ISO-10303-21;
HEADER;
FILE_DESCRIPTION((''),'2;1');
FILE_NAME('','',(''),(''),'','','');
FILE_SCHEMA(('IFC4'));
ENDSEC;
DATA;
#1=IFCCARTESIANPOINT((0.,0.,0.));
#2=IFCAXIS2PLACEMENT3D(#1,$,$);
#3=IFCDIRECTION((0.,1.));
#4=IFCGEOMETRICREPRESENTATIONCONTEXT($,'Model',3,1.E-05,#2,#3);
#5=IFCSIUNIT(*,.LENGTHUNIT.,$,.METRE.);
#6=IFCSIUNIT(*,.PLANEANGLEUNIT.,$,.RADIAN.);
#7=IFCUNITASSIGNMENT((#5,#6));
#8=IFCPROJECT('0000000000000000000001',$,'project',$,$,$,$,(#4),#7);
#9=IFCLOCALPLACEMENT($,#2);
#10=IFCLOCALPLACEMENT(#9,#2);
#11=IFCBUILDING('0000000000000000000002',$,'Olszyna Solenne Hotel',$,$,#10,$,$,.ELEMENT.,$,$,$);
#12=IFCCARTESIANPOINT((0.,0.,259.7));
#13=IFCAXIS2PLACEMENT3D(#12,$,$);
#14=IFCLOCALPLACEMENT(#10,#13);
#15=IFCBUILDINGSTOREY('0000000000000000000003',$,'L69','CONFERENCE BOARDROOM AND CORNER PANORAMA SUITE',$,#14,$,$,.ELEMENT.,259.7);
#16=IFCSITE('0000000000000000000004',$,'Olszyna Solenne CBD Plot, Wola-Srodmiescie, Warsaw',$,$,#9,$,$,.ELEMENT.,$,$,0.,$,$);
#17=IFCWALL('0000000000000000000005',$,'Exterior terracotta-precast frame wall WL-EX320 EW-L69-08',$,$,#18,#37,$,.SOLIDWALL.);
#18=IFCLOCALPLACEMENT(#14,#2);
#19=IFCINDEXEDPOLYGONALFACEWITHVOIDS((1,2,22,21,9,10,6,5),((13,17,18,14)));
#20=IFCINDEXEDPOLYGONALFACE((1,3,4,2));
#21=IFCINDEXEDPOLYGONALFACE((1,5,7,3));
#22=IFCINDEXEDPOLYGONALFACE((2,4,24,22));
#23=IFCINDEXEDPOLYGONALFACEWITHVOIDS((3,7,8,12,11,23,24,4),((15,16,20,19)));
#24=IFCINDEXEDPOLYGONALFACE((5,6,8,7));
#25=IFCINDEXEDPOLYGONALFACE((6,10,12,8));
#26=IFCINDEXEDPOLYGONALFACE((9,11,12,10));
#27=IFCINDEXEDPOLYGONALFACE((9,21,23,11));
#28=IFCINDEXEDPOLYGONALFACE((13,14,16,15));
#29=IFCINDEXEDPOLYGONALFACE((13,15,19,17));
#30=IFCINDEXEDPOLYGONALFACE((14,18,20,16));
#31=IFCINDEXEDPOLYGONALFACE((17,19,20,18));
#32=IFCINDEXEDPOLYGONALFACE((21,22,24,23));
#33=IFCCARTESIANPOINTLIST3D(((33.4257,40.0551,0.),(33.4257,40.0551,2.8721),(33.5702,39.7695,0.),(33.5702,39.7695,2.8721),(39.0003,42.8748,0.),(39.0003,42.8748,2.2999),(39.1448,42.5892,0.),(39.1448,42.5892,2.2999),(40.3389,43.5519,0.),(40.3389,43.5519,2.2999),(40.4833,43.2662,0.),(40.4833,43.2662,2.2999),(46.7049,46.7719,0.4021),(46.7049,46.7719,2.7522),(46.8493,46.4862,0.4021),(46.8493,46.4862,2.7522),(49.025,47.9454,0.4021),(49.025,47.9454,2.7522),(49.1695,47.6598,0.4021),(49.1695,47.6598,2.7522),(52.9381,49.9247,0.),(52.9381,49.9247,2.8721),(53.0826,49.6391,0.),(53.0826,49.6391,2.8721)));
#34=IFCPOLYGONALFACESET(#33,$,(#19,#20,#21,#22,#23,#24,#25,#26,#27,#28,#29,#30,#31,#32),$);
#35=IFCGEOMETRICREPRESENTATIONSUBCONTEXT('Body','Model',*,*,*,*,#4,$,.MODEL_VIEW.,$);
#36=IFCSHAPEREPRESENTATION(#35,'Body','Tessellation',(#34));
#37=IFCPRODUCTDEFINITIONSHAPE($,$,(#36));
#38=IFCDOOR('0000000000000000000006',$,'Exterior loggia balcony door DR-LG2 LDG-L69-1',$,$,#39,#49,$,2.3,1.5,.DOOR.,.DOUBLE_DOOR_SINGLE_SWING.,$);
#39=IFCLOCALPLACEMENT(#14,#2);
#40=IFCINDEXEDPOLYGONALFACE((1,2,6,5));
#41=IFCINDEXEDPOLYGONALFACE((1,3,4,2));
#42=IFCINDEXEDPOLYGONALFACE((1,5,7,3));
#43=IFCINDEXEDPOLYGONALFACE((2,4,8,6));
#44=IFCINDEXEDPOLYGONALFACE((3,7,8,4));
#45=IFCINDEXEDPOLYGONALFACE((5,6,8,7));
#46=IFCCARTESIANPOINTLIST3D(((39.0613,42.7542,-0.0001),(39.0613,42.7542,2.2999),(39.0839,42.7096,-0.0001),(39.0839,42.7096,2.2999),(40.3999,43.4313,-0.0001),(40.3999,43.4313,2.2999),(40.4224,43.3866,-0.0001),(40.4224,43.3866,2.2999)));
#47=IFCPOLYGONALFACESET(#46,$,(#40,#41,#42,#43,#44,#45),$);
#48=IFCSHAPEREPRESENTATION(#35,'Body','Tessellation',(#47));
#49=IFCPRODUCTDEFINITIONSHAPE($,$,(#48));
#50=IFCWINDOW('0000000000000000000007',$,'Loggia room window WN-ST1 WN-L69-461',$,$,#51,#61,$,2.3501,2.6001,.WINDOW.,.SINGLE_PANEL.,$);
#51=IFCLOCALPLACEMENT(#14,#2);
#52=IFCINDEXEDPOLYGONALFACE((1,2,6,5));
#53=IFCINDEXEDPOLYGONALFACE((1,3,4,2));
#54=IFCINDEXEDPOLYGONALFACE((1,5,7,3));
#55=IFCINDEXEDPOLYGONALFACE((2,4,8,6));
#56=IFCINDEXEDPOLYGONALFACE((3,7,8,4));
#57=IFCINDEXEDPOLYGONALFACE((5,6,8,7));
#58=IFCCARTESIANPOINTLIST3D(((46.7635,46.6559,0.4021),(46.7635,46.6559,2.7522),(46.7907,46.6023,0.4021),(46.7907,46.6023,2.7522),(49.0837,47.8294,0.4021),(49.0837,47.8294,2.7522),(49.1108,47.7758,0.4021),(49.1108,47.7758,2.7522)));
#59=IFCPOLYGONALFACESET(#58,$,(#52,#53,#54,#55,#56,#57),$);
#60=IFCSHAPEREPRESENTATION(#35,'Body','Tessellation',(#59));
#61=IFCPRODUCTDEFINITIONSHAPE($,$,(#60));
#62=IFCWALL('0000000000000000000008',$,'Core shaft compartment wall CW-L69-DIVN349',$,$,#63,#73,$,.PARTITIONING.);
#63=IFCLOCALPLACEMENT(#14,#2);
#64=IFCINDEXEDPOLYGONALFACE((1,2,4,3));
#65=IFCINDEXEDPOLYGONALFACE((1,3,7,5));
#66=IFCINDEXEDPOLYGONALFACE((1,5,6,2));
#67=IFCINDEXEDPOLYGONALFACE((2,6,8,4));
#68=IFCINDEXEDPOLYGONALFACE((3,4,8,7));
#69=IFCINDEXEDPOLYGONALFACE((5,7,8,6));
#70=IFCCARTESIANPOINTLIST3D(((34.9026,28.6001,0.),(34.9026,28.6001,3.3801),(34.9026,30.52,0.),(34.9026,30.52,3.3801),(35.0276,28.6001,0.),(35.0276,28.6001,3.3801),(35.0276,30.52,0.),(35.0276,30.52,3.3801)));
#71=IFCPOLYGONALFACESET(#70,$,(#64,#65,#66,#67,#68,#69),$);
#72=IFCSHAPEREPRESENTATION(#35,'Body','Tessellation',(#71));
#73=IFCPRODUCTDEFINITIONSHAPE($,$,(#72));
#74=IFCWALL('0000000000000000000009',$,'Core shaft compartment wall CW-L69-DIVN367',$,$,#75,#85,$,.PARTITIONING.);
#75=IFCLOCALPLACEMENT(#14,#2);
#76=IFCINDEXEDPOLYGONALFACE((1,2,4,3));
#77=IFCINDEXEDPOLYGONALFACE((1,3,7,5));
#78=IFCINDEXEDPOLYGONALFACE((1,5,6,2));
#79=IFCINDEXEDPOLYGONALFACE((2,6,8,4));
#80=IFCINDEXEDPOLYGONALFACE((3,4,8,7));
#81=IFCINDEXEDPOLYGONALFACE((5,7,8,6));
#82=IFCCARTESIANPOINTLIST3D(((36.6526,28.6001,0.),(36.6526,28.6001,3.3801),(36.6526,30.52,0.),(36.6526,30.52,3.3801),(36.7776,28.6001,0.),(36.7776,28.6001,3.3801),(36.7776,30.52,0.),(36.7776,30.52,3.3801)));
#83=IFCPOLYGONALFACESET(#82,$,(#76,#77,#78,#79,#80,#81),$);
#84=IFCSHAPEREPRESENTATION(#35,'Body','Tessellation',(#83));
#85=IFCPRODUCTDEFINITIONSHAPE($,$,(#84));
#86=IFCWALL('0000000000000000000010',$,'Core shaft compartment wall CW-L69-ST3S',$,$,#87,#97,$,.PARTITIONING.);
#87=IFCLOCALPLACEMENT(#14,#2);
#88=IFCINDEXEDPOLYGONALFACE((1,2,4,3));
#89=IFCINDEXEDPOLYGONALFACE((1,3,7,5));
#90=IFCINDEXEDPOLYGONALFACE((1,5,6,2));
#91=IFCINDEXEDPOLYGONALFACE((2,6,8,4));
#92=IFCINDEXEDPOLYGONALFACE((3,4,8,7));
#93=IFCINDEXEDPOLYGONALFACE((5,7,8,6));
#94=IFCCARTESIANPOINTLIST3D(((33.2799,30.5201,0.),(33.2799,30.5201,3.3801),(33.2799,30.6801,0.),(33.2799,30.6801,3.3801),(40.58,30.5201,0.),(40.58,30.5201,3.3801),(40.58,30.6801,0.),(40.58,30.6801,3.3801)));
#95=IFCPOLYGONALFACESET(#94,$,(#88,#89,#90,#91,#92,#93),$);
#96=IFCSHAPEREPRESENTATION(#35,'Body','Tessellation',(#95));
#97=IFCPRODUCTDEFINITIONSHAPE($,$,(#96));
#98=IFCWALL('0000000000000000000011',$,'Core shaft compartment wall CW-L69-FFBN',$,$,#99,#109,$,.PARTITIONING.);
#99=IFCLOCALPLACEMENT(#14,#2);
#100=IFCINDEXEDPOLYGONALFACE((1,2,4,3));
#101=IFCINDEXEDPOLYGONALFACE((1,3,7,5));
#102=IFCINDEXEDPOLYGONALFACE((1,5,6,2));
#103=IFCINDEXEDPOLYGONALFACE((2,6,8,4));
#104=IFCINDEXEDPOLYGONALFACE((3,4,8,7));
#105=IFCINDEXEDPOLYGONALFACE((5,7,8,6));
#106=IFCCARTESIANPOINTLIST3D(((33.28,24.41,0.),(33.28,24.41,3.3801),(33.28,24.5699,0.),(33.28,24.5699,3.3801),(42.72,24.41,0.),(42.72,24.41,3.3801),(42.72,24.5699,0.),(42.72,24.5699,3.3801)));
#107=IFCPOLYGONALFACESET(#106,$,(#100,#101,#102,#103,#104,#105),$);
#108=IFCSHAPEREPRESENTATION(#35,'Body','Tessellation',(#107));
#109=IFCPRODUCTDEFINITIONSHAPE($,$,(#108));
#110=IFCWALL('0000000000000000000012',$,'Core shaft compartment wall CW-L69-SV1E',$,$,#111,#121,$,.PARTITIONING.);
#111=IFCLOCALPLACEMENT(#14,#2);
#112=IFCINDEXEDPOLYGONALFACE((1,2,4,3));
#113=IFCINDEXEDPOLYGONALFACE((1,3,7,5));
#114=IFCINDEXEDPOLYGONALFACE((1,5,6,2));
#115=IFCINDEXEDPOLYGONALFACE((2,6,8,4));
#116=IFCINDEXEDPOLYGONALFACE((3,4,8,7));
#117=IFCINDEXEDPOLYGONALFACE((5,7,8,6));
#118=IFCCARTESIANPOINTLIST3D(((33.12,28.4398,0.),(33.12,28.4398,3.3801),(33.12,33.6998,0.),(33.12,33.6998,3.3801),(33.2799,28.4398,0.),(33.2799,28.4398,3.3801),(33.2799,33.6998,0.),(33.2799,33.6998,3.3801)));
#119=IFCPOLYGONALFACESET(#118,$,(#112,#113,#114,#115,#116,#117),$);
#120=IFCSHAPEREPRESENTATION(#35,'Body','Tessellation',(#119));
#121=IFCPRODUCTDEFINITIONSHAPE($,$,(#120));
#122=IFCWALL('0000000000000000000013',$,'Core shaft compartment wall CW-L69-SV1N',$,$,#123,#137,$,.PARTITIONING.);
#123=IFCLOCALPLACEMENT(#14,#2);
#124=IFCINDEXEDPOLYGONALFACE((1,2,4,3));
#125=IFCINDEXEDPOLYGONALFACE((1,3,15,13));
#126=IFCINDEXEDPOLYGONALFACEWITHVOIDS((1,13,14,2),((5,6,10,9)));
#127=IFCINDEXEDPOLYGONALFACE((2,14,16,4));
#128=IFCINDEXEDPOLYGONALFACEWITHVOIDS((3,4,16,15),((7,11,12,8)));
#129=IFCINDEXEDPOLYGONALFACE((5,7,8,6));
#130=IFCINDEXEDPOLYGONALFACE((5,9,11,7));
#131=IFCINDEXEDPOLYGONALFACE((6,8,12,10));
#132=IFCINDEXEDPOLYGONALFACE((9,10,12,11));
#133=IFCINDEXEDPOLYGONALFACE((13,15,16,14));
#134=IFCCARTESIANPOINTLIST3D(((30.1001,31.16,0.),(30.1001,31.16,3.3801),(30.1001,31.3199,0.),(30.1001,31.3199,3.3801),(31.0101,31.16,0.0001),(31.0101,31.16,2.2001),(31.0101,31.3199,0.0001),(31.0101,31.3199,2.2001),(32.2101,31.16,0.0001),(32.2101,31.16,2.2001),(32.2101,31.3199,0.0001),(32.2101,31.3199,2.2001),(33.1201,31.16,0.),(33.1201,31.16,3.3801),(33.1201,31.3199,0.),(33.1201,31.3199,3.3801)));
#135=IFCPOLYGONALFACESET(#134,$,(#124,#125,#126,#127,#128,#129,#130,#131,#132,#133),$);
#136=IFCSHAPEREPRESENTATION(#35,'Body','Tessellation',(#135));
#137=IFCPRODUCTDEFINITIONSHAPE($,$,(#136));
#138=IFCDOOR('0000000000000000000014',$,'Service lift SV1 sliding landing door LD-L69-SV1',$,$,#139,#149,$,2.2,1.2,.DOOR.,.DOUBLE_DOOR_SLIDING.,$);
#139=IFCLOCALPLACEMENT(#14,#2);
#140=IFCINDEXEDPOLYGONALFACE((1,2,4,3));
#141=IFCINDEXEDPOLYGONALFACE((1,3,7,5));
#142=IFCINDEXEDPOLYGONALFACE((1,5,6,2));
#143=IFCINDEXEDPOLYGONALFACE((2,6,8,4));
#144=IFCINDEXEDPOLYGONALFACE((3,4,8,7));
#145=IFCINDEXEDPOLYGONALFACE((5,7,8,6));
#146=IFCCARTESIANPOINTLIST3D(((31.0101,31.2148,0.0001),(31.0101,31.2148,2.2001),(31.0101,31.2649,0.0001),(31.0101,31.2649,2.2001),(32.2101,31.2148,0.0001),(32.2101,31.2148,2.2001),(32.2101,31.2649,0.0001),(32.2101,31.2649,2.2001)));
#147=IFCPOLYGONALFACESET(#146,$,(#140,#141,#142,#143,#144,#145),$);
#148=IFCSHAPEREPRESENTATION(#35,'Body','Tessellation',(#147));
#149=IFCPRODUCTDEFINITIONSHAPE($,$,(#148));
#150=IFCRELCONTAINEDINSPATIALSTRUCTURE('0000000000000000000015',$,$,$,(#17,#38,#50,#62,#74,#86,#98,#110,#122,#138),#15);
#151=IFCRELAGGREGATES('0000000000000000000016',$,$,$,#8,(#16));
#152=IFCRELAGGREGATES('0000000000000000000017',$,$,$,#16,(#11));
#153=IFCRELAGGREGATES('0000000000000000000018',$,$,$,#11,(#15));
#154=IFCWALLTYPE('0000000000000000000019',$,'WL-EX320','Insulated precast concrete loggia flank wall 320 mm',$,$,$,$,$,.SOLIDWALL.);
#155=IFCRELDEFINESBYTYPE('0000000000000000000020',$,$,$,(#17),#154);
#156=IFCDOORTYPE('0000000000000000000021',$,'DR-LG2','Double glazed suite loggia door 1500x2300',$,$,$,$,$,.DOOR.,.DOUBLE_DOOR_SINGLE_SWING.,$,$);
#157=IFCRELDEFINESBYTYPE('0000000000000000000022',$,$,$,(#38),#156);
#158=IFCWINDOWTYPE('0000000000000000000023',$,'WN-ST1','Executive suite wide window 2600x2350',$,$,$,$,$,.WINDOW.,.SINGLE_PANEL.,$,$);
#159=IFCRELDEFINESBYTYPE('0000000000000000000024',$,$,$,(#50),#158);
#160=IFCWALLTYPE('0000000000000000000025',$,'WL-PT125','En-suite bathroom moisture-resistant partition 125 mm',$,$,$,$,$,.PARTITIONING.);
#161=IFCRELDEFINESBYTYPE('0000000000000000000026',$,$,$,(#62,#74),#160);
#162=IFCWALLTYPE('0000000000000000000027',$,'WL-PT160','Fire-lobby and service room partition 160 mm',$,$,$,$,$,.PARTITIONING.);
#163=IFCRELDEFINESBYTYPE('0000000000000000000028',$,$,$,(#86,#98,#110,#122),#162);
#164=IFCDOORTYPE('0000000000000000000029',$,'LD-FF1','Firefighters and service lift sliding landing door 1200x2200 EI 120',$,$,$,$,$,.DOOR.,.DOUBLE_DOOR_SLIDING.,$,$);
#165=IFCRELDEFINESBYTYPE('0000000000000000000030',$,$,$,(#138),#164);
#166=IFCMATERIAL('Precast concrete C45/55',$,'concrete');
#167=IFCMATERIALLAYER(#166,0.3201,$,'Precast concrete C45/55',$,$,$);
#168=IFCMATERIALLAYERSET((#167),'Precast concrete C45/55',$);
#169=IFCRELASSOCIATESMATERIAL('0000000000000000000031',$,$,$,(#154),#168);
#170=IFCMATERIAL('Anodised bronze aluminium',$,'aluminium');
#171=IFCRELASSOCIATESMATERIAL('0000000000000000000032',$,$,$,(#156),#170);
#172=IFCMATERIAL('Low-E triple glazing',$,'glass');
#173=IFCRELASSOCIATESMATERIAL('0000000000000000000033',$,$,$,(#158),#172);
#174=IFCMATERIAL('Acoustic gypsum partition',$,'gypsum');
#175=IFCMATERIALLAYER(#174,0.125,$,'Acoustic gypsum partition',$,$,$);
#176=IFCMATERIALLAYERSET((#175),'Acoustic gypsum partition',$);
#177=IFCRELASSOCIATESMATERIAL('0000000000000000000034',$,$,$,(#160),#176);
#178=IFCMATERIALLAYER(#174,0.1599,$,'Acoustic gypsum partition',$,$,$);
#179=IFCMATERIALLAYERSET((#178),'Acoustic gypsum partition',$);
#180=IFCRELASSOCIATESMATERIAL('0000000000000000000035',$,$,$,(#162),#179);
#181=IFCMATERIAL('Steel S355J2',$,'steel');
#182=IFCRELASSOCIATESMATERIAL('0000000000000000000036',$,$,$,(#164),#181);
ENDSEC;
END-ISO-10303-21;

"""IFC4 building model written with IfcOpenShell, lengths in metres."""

from ifc_helpers import new_model, si_unit, direction, frame, frame_2d, origin, place, context, subcontext, project, spatial, rectangle, extrude, source, transform, mapped, material, layer, layer_set, type_object, type_shapes, element, fill, save


model = new_model("IFC4")

# Units and contexts
model_context = context("Model", 3, precision=1e-05, world=origin(), true_north=direction((0.0, 1.0)))
body_context = subcontext(model_context, "Body", "Model", "MODEL_VIEW")
ifc_project = project(units=[si_unit("LENGTHUNIT", "METRE"), si_unit("PLANEANGLEUNIT", "RADIAN")], contexts=[model_context])

# Site, building, storey
site_placement = place(None, origin())
site = spatial("IfcSite", under=ifc_project, at=site_placement, Name="Olszyna Solenne CBD Plot, Wola-Srodmiescie, Warsaw", CompositionType="ELEMENT", RefElevation=0.0)
building_placement = place(site_placement, origin())
building = spatial("IfcBuilding", under=site, at=building_placement, Name="Olszyna Solenne Hotel", CompositionType="ELEMENT")
storey_placement = place(building_placement, frame((0.0, 0.0, 259.7)))
storey = spatial("IfcBuildingStorey", under=building, at=storey_placement, Name="L69", Description="CONFERENCE BOARDROOM AND CORNER PANORAMA SUITE", CompositionType="ELEMENT", Elevation=259.7)

# Shared definitions
ifc_material_1 = material(Name="Steel S355J2", Category="steel")

# Wall, openings, door, window
ifc_material_2 = material(Name="Precast concrete C45/55", Category="concrete")
ifc_layer_1 = layer(ifc_material_2, 0.3201, Name="Precast concrete C45/55")
ifc_layer_set_1 = layer_set([ifc_layer_1], Name="Precast concrete C45/55")
wall_type_1 = type_object("IfcWallType", Name="WL-EX320", Description="Insulated precast concrete loggia flank wall 320 mm", PredefinedType="SOLIDWALL", material=ifc_layer_set_1)
wall_1_placement = place(storey_placement, frame((33.498, 39.9124, 0.0), z_axis=(0.0, 0.0, 1.0), x_axis=(0.892343, 0.451358, 0.0)))
wall_1 = element("IfcWall", 1, at=wall_1_placement, inside=storey, type_object=wall_type_1, Name="Exterior terracotta-precast frame wall WL-EX320 EW-L69-08", PredefinedType="SOLIDWALL", context=body_context, shape_type="SweptSolid", body=[
    extrude(rectangle(XDim=21.8665, YDim=0.3201, at=frame_2d((10.9331, 0.0))), origin(), (0.0, 0.0, 1.0), 2.8721),
])
opening_1_placement = place(wall_1_placement, frame((6.2471, 0.0, 0.0)))
opening_1 = element("IfcOpeningElement", 2, at=opening_1_placement, cuts=wall_1, PredefinedType="OPENING", context=body_context, shape_type="SweptSolid", body=[
    extrude(rectangle(XDim=1.5, YDim=2.3, at=frame_2d((0.75, 1.1499))), frame((0.0, 0.1699, 0.0), z_axis=(0.0, -1.0, 0.0), x_axis=(1.0, 0.0, 0.0)), (0.0, 0.0, 1.0), 0.3401),
])
opening_2_placement = place(wall_1_placement, frame((14.8811, 0.0, 0.4021)))
opening_2 = element("IfcOpeningElement", 3, at=opening_2_placement, cuts=wall_1, PredefinedType="OPENING", context=body_context, shape_type="SweptSolid", body=[
    extrude(rectangle(XDim=2.6001, YDim=2.3501, at=frame_2d((1.3, 1.175))), frame((0.0, 0.1699, 0.0), z_axis=(0.0, -1.0, 0.0), x_axis=(1.0, 0.0, 0.0)), (0.0, 0.0, 1.0), 0.3401),
])
ifc_material_3 = material(Name="Anodised bronze aluminium", Category="aluminium")
door_type_1 = type_object("IfcDoorType", Name="DR-LG2", Description="Double glazed suite loggia door 1500x2300", OperationType="DOUBLE_DOOR_SINGLE_SWING", PredefinedType="DOOR", material=ifc_material_3)
shared_shape_1 = source(origin(), body_context, "Body", "SweptSolid", [
    extrude(rectangle(XDim=1.5, YDim=2.3, at=frame_2d((0.75, 1.1499))), frame((0.0, 0.0249, 0.0), z_axis=(0.0, -1.0, 0.0), x_axis=(1.0, 0.0, 0.0)), (0.0, 0.0, 1.0), 0.05),
])
type_shapes(door_type_1, [shared_shape_1])
door_1_placement = place(opening_1_placement, origin())
door_1 = element("IfcDoor", 4, at=door_1_placement, inside=storey, type_object=door_type_1, Name="Exterior loggia balcony door DR-LG2 LDG-L69-1", OperationType="DOUBLE_DOOR_SINGLE_SWING", OverallHeight=2.3, OverallWidth=1.5, PredefinedType="DOOR", context=body_context, shape_type="MappedRepresentation", body=[
    mapped(shared_shape_1, transform((0.0, 0.0, 0.0), x_axis=(1.0, 0.0, 0.0), y_axis=(0.0, 1.0, 0.0), z_axis=(0.0, 0.0, 1.0), scale=1.0)),
])
fill(opening_1, door_1)
ifc_material_4 = material(Name="Low-E triple glazing", Category="glass")
window_type = type_object("IfcWindowType", Name="WN-ST1", Description="Executive suite wide window 2600x2350", PartitioningType="SINGLE_PANEL", PredefinedType="WINDOW", material=ifc_material_4)
shared_shape_2 = source(origin(), body_context, "Body", "SweptSolid", [
    extrude(rectangle(XDim=2.6001, YDim=2.3501, at=frame_2d((1.3, 1.175))), frame((0.0, 0.03, 0.0), z_axis=(0.0, -1.0, 0.0), x_axis=(1.0, 0.0, 0.0)), (0.0, 0.0, 1.0), 0.0601),
])
type_shapes(window_type, [shared_shape_2])
window_placement = place(opening_2_placement, origin())
window = element("IfcWindow", 5, at=window_placement, inside=storey, type_object=window_type, Name="Loggia room window WN-ST1 WN-L69-461", OverallHeight=2.3501, OverallWidth=2.6001, PartitioningType="SINGLE_PANEL", PredefinedType="WINDOW", context=body_context, shape_type="MappedRepresentation", body=[
    mapped(shared_shape_2, transform((0.0, 0.0, 0.0), x_axis=(1.0, 0.0, 0.0), y_axis=(0.0, 1.0, 0.0), z_axis=(0.0, 0.0, 1.0), scale=1.0)),
])
fill(opening_2, window)

# Walls
ifc_material_5 = material(Name="Acoustic gypsum partition", Category="gypsum")
ifc_layer_2 = layer(ifc_material_5, 0.125, Name="Acoustic gypsum partition")
ifc_layer_set_2 = layer_set([ifc_layer_2], Name="Acoustic gypsum partition")
wall_type_2 = type_object("IfcWallType", Name="WL-PT125", Description="En-suite bathroom moisture-resistant partition 125 mm", PredefinedType="PARTITIONING", material=ifc_layer_set_2)
for number, where, z_axis, x_axis, name in (
    (6, (34.9651, 28.6001, 0.0), (0.0, 0.0, 1.0), (0.0, 1.0, 0.0), "Core shaft compartment wall CW-L69-DIVN349"),
    (7, (36.7151, 28.6001, 0.0), (0.0, 0.0, 1.0), (0.0, 1.0, 0.0), "Core shaft compartment wall CW-L69-DIVN367"),
):
    element("IfcWall", number, at=place(storey_placement, frame(where, z_axis=z_axis, x_axis=x_axis)), inside=storey, type_object=wall_type_2, Name=name, PredefinedType="PARTITIONING", context=body_context, shape_type="SweptSolid", body=[
        extrude(rectangle(XDim=1.9199, YDim=0.125, at=frame_2d((0.96, 0.0))), origin(), (0.0, 0.0, 1.0), 3.3801),
    ])
ifc_layer_3 = layer(ifc_material_5, 0.1599, Name="Acoustic gypsum partition")
ifc_layer_set_3 = layer_set([ifc_layer_3], Name="Acoustic gypsum partition")
wall_type_3 = type_object("IfcWallType", Name="WL-PT160", Description="Fire-lobby and service room partition 160 mm", PredefinedType="PARTITIONING", material=ifc_layer_set_3)
wall_2_placement = place(storey_placement, frame((33.28, 30.6001, 0.0), z_axis=(0.0, 0.0, 1.0), x_axis=(1.0, 0.0, 0.0)))
element("IfcWall", 8, at=wall_2_placement, inside=storey, type_object=wall_type_3, Name="Core shaft compartment wall CW-L69-ST3S", PredefinedType="PARTITIONING", context=body_context, shape_type="SweptSolid", body=[
    extrude(rectangle(XDim=7.3, YDim=0.1599, at=frame_2d((3.6499, 0.0))), origin(), (0.0, 0.0, 1.0), 3.3801),
])
wall_3_placement = place(storey_placement, frame((33.28, 24.49, 0.0), z_axis=(0.0, 0.0, 1.0), x_axis=(1.0, 0.0, 0.0)))
element("IfcWall", 9, at=wall_3_placement, inside=storey, type_object=wall_type_3, Name="Core shaft compartment wall CW-L69-FFBN", PredefinedType="PARTITIONING", context=body_context, shape_type="SweptSolid", body=[
    extrude(rectangle(XDim=9.4399, YDim=0.1599, at=frame_2d((4.72, 0.0))), origin(), (0.0, 0.0, 1.0), 3.3801),
])
wall_4_placement = place(storey_placement, frame((33.2, 28.4399, 0.0), z_axis=(0.0, 0.0, 1.0), x_axis=(0.0, 1.0, 0.0)))
element("IfcWall", 10, at=wall_4_placement, inside=storey, type_object=wall_type_3, Name="Core shaft compartment wall CW-L69-SV1E", PredefinedType="PARTITIONING", context=body_context, shape_type="SweptSolid", body=[
    extrude(rectangle(XDim=5.26, YDim=0.1599, at=frame_2d((2.6299, 0.0))), origin(), (0.0, 0.0, 1.0), 3.3801),
])

# Wall, opening, door
wall_5_placement = place(storey_placement, frame((30.1001, 31.24, 0.0), z_axis=(0.0, 0.0, 1.0), x_axis=(1.0, 0.0, 0.0)))
wall_5 = element("IfcWall", 11, at=wall_5_placement, inside=storey, type_object=wall_type_3, Name="Core shaft compartment wall CW-L69-SV1N", PredefinedType="PARTITIONING", context=body_context, shape_type="SweptSolid", body=[
    extrude(rectangle(XDim=3.02, YDim=0.1599, at=frame_2d((1.51, 0.0))), origin(), (0.0, 0.0, 1.0), 3.3801),
])
opening_3_placement = place(wall_5_placement, frame((0.9099, 0.0, 0.0)))
opening_3 = element("IfcOpeningElement", 12, at=opening_3_placement, cuts=wall_5, PredefinedType="OPENING", context=body_context, shape_type="SweptSolid", body=[
    extrude(rectangle(XDim=1.2, YDim=2.2, at=frame_2d((0.6001, 1.1001))), frame((0.0, 0.0898, 0.0), z_axis=(0.0, -1.0, 0.0), x_axis=(1.0, 0.0, 0.0)), (0.0, 0.0, 1.0), 0.1799),
])
door_type_2 = type_object("IfcDoorType", Name="LD-FF1", Description="Firefighters and service lift sliding landing door 1200x2200 EI 120", OperationType="DOUBLE_DOOR_SLIDING", PredefinedType="DOOR", material=ifc_material_1)
shared_shape_3 = source(origin(), body_context, "Body", "SweptSolid", [
    extrude(rectangle(XDim=1.2, YDim=2.2, at=frame_2d((0.6001, 1.1001))), frame((0.0, 0.0249, 0.0), z_axis=(0.0, -1.0, 0.0), x_axis=(1.0, 0.0, 0.0)), (0.0, 0.0, 1.0), 0.05),
])
type_shapes(door_type_2, [shared_shape_3])
door_2_placement = place(opening_3_placement, origin())
door_2 = element("IfcDoor", 13, at=door_2_placement, inside=storey, type_object=door_type_2, Name="Service lift SV1 sliding landing door LD-L69-SV1", OperationType="DOUBLE_DOOR_SLIDING", OverallHeight=2.2, OverallWidth=1.2, PredefinedType="DOOR", context=body_context, shape_type="MappedRepresentation", body=[
    mapped(shared_shape_3, transform((0.0, 0.0, 0.0), x_axis=(1.0, 0.0, 0.0), y_axis=(0.0, 1.0, 0.0), z_axis=(0.0, 0.0, 1.0), scale=1.0)),
])
fill(opening_3, door_2)

save(model, "model.ifc")
